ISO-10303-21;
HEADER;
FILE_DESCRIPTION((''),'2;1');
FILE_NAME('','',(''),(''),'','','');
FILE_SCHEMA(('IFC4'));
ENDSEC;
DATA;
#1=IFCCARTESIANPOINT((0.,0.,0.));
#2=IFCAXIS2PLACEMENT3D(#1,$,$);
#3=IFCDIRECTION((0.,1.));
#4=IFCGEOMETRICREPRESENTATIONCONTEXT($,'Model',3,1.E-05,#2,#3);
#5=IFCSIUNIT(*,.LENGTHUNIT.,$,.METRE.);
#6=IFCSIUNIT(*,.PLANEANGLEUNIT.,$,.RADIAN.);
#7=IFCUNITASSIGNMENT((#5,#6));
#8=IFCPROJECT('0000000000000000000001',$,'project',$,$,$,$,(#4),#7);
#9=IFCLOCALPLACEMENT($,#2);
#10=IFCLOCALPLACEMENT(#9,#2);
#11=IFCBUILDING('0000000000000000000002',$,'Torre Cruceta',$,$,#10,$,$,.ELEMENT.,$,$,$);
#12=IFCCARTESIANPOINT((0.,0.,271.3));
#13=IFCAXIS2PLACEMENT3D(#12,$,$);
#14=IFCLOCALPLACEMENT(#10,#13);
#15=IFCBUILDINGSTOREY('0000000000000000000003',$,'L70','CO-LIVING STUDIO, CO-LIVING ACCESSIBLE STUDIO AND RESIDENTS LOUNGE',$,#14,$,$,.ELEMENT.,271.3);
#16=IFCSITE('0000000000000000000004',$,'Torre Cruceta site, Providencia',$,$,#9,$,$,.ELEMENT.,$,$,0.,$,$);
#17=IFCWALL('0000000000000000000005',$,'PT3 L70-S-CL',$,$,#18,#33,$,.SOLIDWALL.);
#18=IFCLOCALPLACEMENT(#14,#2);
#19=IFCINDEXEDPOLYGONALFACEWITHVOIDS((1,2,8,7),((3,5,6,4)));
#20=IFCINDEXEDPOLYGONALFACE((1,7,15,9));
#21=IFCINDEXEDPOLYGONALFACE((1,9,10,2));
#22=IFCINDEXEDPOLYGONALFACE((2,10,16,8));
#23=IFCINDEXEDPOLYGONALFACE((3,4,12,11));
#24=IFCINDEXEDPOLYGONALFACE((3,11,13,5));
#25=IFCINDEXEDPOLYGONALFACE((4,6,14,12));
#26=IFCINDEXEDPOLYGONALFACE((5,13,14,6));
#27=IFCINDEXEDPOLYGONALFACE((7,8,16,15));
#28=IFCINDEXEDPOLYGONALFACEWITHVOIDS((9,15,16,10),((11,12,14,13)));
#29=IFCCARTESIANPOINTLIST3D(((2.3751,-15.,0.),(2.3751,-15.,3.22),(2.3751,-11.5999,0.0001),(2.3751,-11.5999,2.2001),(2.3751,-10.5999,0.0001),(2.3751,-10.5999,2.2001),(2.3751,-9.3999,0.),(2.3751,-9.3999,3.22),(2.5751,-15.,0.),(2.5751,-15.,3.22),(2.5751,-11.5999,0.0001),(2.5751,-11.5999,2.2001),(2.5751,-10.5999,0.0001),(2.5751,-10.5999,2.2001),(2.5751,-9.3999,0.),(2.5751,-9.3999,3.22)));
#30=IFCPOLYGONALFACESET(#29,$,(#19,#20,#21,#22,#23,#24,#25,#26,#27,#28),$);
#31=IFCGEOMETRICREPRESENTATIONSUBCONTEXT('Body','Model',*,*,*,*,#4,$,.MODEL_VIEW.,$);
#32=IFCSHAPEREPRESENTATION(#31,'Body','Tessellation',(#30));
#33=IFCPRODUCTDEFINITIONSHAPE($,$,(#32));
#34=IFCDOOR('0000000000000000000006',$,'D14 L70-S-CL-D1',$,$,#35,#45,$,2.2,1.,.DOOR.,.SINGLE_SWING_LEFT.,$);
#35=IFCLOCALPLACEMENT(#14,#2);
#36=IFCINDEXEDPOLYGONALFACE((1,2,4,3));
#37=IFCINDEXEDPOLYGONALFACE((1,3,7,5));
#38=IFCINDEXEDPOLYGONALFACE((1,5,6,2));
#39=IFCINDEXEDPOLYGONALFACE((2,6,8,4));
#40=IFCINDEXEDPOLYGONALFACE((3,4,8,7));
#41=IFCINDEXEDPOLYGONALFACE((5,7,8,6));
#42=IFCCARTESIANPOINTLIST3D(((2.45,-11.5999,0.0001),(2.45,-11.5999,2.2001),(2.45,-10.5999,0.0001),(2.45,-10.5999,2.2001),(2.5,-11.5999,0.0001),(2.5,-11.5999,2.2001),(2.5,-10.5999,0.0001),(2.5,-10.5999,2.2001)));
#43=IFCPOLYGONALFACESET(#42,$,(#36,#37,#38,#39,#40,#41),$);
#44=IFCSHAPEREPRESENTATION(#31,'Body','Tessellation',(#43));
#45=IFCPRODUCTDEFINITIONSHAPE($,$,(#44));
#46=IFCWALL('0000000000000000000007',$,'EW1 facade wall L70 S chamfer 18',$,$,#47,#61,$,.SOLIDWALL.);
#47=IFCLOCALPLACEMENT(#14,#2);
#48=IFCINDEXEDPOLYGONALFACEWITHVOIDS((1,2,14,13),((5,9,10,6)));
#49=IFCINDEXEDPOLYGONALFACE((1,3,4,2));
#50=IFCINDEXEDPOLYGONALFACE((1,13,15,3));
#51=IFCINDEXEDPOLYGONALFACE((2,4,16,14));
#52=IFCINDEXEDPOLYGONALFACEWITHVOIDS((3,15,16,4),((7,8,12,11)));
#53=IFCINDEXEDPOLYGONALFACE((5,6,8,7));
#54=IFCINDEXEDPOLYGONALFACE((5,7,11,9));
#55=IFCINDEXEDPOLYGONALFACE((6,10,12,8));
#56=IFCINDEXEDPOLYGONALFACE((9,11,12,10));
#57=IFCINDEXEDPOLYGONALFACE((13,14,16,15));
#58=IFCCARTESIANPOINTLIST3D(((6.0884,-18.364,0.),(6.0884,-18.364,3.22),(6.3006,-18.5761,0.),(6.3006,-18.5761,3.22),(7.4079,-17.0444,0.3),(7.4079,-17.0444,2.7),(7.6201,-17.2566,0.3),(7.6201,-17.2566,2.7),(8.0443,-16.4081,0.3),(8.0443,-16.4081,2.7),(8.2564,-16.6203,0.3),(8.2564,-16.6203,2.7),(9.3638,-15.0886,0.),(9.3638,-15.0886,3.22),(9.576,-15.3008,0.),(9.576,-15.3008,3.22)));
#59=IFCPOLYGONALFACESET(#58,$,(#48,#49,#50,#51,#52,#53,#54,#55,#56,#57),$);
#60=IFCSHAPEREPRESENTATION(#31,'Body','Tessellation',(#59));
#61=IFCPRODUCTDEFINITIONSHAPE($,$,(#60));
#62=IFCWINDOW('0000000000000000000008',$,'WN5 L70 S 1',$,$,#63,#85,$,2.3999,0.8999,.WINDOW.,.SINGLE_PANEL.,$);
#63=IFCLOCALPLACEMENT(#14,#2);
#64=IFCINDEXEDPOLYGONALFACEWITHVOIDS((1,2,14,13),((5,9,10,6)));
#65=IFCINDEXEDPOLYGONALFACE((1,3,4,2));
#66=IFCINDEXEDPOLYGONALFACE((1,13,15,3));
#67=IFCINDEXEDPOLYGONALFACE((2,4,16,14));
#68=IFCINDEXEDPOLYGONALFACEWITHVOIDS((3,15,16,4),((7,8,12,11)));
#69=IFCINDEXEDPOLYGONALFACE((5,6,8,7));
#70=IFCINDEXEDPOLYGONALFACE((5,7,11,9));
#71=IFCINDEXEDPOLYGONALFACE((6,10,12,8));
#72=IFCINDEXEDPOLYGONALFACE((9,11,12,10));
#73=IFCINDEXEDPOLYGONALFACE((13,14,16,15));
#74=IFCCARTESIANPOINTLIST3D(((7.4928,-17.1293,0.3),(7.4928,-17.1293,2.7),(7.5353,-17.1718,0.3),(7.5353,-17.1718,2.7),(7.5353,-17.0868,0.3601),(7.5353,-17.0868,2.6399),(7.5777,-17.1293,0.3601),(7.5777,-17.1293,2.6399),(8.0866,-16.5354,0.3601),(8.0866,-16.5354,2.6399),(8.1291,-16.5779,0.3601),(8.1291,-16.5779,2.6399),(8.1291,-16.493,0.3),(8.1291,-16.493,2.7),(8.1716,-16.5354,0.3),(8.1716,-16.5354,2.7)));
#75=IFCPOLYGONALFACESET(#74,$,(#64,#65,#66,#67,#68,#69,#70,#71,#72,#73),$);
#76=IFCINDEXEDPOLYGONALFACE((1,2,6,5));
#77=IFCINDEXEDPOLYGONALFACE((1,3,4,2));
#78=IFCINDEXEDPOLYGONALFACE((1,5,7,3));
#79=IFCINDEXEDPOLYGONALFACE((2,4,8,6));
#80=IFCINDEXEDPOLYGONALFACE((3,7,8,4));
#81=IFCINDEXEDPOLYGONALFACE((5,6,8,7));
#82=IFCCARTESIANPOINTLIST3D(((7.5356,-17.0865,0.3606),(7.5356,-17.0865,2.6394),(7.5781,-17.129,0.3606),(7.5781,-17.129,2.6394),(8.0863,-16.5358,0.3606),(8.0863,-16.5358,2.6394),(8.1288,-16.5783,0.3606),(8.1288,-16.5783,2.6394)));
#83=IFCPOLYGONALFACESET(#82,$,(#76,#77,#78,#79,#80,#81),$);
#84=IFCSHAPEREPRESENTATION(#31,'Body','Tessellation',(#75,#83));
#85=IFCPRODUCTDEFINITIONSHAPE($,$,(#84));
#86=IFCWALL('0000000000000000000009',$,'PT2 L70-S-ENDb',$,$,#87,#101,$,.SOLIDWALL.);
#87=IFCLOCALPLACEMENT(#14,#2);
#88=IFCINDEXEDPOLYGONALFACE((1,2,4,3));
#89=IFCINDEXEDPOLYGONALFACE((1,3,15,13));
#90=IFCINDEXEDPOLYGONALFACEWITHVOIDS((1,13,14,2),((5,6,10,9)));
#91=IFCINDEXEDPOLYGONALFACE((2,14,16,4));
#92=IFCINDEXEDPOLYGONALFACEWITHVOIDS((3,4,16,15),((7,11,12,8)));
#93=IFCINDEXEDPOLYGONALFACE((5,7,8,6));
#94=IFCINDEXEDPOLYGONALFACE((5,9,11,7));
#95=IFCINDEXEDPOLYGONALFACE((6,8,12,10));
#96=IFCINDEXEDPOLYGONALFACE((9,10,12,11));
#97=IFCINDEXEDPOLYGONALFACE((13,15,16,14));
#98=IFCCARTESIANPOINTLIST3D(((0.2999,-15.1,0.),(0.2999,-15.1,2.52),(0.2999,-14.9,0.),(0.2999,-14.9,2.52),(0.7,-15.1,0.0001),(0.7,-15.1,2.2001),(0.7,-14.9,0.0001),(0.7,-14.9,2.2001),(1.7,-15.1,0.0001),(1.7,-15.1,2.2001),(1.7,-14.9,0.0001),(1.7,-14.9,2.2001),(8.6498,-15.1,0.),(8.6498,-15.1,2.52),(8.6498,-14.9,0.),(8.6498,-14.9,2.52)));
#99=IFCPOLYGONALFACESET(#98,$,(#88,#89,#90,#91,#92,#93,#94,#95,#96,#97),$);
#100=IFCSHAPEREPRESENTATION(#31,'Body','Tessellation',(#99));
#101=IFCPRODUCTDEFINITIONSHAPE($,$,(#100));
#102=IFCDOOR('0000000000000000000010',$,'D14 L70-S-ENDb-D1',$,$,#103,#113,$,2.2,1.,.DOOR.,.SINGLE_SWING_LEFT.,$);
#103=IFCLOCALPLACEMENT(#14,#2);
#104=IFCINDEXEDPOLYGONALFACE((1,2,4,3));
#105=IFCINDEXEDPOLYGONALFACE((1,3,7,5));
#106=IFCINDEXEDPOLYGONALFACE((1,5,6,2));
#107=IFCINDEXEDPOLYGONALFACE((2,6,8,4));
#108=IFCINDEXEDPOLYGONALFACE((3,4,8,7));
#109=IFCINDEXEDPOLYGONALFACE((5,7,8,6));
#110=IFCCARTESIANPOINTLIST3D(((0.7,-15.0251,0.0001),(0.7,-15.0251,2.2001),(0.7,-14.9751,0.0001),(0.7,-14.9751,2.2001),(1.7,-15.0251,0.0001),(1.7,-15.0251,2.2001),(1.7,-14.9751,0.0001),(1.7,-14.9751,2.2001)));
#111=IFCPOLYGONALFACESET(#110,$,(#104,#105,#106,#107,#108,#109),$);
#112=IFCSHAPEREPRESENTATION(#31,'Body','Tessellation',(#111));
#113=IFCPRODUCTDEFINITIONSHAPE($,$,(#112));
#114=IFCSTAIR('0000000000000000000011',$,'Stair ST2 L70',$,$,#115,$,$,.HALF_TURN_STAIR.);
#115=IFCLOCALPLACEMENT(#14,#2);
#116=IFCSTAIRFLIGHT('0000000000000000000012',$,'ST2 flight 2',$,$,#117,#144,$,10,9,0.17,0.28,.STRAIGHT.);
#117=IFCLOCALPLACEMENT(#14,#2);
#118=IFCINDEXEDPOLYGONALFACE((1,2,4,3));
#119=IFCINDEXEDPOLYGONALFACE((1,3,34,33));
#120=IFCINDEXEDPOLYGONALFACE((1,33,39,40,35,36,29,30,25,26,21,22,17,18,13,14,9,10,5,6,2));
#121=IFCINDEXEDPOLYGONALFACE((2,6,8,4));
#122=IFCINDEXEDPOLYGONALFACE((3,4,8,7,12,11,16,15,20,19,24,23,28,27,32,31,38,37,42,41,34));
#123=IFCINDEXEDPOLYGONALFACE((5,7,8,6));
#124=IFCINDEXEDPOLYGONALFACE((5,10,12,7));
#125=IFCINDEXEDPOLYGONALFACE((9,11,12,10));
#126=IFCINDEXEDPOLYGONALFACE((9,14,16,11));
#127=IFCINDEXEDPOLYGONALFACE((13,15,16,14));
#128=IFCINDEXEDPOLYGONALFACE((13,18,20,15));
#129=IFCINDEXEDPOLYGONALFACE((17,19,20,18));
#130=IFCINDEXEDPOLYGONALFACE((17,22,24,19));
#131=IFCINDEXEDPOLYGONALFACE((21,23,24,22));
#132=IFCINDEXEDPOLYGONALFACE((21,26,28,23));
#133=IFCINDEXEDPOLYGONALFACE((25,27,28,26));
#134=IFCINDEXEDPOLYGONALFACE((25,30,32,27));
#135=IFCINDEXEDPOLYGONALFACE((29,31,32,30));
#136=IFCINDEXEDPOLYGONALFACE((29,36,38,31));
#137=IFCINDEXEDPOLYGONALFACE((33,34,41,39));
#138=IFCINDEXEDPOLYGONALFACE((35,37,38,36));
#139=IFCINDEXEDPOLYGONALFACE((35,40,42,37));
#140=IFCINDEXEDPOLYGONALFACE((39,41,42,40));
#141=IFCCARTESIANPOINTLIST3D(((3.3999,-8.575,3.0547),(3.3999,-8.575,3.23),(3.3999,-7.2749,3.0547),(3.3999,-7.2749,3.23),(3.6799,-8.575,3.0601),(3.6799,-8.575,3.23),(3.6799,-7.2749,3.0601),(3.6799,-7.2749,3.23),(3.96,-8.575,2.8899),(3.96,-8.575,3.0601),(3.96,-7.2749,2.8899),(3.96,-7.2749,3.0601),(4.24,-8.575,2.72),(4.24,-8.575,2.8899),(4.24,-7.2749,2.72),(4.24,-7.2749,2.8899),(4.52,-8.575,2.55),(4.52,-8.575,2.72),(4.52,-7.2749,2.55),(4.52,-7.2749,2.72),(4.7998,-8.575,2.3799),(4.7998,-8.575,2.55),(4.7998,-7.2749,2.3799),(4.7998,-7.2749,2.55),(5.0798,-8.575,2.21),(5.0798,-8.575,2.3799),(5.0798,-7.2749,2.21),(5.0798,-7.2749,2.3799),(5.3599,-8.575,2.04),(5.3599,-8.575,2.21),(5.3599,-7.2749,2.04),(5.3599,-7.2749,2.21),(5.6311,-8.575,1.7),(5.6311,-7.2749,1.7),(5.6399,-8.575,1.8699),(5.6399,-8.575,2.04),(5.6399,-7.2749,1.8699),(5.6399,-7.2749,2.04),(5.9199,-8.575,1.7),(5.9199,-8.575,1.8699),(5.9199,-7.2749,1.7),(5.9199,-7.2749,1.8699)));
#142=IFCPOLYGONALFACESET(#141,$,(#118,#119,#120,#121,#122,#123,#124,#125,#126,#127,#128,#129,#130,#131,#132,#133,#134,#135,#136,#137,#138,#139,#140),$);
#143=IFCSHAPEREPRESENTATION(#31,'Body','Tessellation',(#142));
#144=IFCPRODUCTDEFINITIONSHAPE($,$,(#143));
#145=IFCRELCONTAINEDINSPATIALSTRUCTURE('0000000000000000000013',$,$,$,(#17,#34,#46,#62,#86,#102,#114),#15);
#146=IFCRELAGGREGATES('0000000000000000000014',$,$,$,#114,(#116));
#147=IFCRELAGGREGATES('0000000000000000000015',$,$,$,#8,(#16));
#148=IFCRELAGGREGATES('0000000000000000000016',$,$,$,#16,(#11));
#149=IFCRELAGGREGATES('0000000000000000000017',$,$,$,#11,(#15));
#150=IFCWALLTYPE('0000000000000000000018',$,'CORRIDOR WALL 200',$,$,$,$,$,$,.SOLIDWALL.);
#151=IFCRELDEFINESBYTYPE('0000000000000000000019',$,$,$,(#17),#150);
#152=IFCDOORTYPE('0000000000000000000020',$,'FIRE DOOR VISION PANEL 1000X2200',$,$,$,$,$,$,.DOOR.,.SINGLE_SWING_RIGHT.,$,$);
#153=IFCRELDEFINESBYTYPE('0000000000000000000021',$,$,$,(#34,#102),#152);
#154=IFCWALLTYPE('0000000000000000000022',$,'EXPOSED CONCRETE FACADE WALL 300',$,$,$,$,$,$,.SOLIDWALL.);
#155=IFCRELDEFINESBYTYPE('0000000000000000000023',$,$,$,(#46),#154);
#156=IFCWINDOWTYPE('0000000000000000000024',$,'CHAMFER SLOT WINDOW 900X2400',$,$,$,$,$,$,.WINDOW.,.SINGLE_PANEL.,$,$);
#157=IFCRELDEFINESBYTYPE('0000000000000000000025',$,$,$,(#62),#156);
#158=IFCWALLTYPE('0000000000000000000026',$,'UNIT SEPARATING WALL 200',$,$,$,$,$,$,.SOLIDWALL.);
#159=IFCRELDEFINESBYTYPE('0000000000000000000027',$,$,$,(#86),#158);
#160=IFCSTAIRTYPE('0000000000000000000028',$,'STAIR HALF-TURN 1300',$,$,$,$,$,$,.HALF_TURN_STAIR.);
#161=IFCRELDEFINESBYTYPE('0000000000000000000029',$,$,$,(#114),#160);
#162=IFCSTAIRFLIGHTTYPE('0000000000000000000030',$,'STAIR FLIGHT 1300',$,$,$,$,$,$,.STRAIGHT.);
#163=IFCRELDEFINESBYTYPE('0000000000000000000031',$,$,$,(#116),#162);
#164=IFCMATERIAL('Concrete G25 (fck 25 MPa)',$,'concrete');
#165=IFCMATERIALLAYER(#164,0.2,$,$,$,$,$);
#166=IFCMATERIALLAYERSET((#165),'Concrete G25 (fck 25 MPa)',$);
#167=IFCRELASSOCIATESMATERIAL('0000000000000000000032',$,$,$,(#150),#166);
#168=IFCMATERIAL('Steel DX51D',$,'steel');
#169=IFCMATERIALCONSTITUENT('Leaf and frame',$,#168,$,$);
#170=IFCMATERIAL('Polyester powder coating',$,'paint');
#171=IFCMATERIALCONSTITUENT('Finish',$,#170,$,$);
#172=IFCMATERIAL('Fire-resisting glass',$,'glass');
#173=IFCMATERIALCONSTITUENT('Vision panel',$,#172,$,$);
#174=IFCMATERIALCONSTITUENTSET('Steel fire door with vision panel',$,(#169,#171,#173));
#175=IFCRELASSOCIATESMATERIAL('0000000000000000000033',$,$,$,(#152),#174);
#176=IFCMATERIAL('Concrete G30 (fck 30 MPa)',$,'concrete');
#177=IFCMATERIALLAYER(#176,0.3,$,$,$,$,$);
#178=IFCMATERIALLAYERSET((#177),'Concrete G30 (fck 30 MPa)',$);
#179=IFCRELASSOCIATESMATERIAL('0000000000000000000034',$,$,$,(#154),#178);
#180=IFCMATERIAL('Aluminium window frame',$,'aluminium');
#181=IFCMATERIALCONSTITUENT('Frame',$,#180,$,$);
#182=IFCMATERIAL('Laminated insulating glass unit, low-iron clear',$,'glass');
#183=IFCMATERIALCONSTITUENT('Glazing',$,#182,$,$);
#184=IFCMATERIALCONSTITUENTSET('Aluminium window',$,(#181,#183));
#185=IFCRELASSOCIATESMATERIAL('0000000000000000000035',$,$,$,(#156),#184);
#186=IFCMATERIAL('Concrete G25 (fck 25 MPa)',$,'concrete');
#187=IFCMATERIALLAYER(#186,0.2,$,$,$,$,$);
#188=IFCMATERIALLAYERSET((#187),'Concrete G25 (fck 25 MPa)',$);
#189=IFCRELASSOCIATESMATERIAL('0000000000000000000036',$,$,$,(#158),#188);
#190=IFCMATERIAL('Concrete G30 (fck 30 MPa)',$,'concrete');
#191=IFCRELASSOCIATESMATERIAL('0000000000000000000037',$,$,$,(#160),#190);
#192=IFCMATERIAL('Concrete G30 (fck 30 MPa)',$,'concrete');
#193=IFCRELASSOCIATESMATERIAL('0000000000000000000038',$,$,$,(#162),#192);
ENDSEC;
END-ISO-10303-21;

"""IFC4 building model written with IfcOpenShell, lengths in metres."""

from ifc_helpers import new_model, si_unit, direction, frame, frame_2d, origin, place, context, subcontext, project, spatial, polyline, rectangle, hollow_rectangle, outline, extrude, material, layer, layer_set, constituent, constituent_set, type_object, element, fill, aggregate, save


model = new_model("IFC4")

# Units and contexts
model_context = context("Model", 3, precision=1e-05, world=origin(), true_north=direction((0.0, 1.0)))
body_context = subcontext(model_context, "Body", "Model", "MODEL_VIEW")
ifc_project = project(units=[si_unit("LENGTHUNIT", "METRE"), si_unit("PLANEANGLEUNIT", "RADIAN")], contexts=[model_context])

# Site, building, storey
site_placement = place(None, origin())
site = spatial("IfcSite", under=ifc_project, at=site_placement, Name="Torre Cruceta site, Providencia", CompositionType="ELEMENT", RefElevation=0.0)
building_placement = place(site_placement, origin())
building = spatial("IfcBuilding", under=site, at=building_placement, Name="Torre Cruceta", CompositionType="ELEMENT")
storey_placement = place(building_placement, frame((0.0, 0.0, 271.3)))
storey = spatial("IfcBuildingStorey", under=building, at=storey_placement, Name="L70", Description="CO-LIVING STUDIO, CO-LIVING ACCESSIBLE STUDIO AND RESIDENTS LOUNGE", CompositionType="ELEMENT", Elevation=271.3)

# Wall, opening, door
ifc_material_1 = material(Name="Concrete G25 (fck 25 MPa)", Category="concrete")
ifc_layer_1 = layer(ifc_material_1, 0.2)
ifc_layer_set_1 = layer_set([ifc_layer_1], Name="Concrete G25 (fck 25 MPa)")
wall_type_1 = type_object("IfcWallType", Name="CORRIDOR WALL 200", PredefinedType="SOLIDWALL", material=ifc_layer_set_1)
wall_1_placement = place(storey_placement, frame((2.4751, -9.3999, 0.0), z_axis=(0.0, 0.0, 1.0), x_axis=(0.0, -1.0, 0.0)))
wall_1 = element("IfcWall", 1, at=wall_1_placement, inside=storey, type_object=wall_type_1, Name="PT3 L70-S-CL", PredefinedType="SOLIDWALL", context=body_context, shape_type="SweptSolid", body=[
    extrude(rectangle(XDim=5.6001, YDim=0.2, at=frame_2d((2.8, 0.0))), origin(), (0.0, 0.0, 1.0), 3.22),
])
opening_1_placement = place(wall_1_placement, frame((1.2, 0.0, 0.0)))
opening_1 = element("IfcOpeningElement", 2, at=opening_1_placement, cuts=wall_1, PredefinedType="OPENING", context=body_context, shape_type="SweptSolid", body=[
    extrude(rectangle(XDim=1.0, YDim=2.2, at=frame_2d((0.5, 1.1001))), frame((0.0, 0.1099, 0.0), z_axis=(0.0, -1.0, 0.0), x_axis=(1.0, 0.0, 0.0)), (0.0, 0.0, 1.0), 0.22),
])
ifc_material_2 = material(Name="Steel DX51D", Category="steel")
ifc_constituent_1 = constituent(ifc_material_2, Name="Leaf and frame")
ifc_material_3 = material(Name="Polyester powder coating", Category="paint")
ifc_constituent_2 = constituent(ifc_material_3, Name="Finish")
ifc_material_4 = material(Name="Fire-resisting glass", Category="glass")
ifc_constituent_3 = constituent(ifc_material_4, Name="Vision panel")
ifc_constituent_set_1 = constituent_set(constituents=[ifc_constituent_1, ifc_constituent_2, ifc_constituent_3], Name="Steel fire door with vision panel")
door_type = type_object("IfcDoorType", Name="FIRE DOOR VISION PANEL 1000X2200", OperationType="SINGLE_SWING_RIGHT", PredefinedType="DOOR", material=ifc_constituent_set_1)
door_1_placement = place(opening_1_placement, origin())
door_1 = element("IfcDoor", 3, at=door_1_placement, inside=storey, type_object=door_type, Name="D14 L70-S-CL-D1", OperationType="SINGLE_SWING_LEFT", OverallHeight=2.2, OverallWidth=1.0, PredefinedType="DOOR", context=body_context, shape_type="SweptSolid", body=[
    extrude(rectangle(XDim=1.0, YDim=2.2, at=frame_2d((0.5, 1.1001))), frame((0.0, 0.0249, 0.0), z_axis=(0.0, -1.0, 0.0), x_axis=(1.0, 0.0, 0.0)), (0.0, 0.0, 1.0), 0.05),
])
fill(opening_1, door_1)

# Wall, opening, window
ifc_material_5 = material(Name="Concrete G30 (fck 30 MPa)", Category="concrete")
ifc_layer_2 = layer(ifc_material_5, 0.3)
ifc_layer_set_2 = layer_set([ifc_layer_2], Name="Concrete G30 (fck 30 MPa)")
wall_type_2 = type_object("IfcWallType", Name="EXPOSED CONCRETE FACADE WALL 300", PredefinedType="SOLIDWALL", material=ifc_layer_set_2)
wall_2_placement = place(storey_placement, frame((6.1946, -18.47, 0.0), z_axis=(0.0, 0.0, 1.0), x_axis=(0.707107, 0.707107, 0.0)))
wall_2 = element("IfcWall", 4, at=wall_2_placement, inside=storey, type_object=wall_type_2, Name="EW1 facade wall L70 S chamfer 18", PredefinedType="SOLIDWALL", context=body_context, shape_type="SweptSolid", body=[
    extrude(rectangle(XDim=4.6321, YDim=0.3, at=frame_2d((2.3159, 0.0))), origin(), (0.0, 0.0, 1.0), 3.22),
])
opening_2_placement = place(wall_2_placement, frame((1.866, 0.0, 0.3)))
opening_2 = element("IfcOpeningElement", 5, at=opening_2_placement, cuts=wall_2, PredefinedType="OPENING", context=body_context, shape_type="SweptSolid", body=[
    extrude(rectangle(XDim=0.8999, YDim=2.3999, at=frame_2d((0.45, 1.2))), frame((0.0, 0.1599, 0.0), z_axis=(0.0, -1.0, 0.0), x_axis=(1.0, 0.0, 0.0)), (0.0, 0.0, 1.0), 0.3201),
])
ifc_material_6 = material(Name="Aluminium window frame", Category="aluminium")
ifc_constituent_4 = constituent(ifc_material_6, Name="Frame")
ifc_material_7 = material(Name="Laminated insulating glass unit, low-iron clear", Category="glass")
ifc_constituent_5 = constituent(ifc_material_7, Name="Glazing")
ifc_constituent_set_2 = constituent_set(constituents=[ifc_constituent_4, ifc_constituent_5], Name="Aluminium window")
window_type = type_object("IfcWindowType", Name="CHAMFER SLOT WINDOW 900X2400", PartitioningType="SINGLE_PANEL", PredefinedType="WINDOW", material=ifc_constituent_set_2)
window_placement = place(opening_2_placement, origin())
window = element("IfcWindow", 6, at=window_placement, inside=storey, type_object=window_type, Name="WN5 L70 S 1", OverallHeight=2.3999, OverallWidth=0.8999, PartitioningType="SINGLE_PANEL", PredefinedType="WINDOW", context=body_context, shape_type="SweptSolid", body=[
    extrude(hollow_rectangle(XDim=0.8999, YDim=2.3999, WallThickness=0.0601, at=frame_2d((0.45, 1.2))), frame((0.0, 0.03, 0.0), z_axis=(0.0, -1.0, 0.0), x_axis=(1.0, 0.0, 0.0)), (0.0, 0.0, 1.0), 0.0601),
    extrude(rectangle(XDim=0.7788, YDim=2.2788, at=frame_2d((0.45, 1.2))), frame((0.0, 0.03, 0.0), z_axis=(0.0, -1.0, 0.0), x_axis=(1.0, 0.0, 0.0)), (0.0, 0.0, 1.0), 0.0601),
])
fill(opening_2, window)

# Wall, opening, door
ifc_material_8 = material(Name="Concrete G25 (fck 25 MPa)", Category="concrete")
ifc_layer_3 = layer(ifc_material_8, 0.2)
ifc_layer_set_3 = layer_set([ifc_layer_3], Name="Concrete G25 (fck 25 MPa)")
wall_type_3 = type_object("IfcWallType", Name="UNIT SEPARATING WALL 200", PredefinedType="SOLIDWALL", material=ifc_layer_set_3)
wall_3_placement = place(storey_placement, frame((0.3, -15.0, 0.0), z_axis=(0.0, 0.0, 1.0), x_axis=(1.0, 0.0, 0.0)))
wall_3 = element("IfcWall", 7, at=wall_3_placement, inside=storey, type_object=wall_type_3, Name="PT2 L70-S-ENDb", PredefinedType="SOLIDWALL", context=body_context, shape_type="SweptSolid", body=[
    extrude(rectangle(XDim=8.3499, YDim=0.2, at=frame_2d((4.1748, 0.0))), origin(), (0.0, 0.0, 1.0), 2.52),
])
opening_3_placement = place(wall_3_placement, frame((0.3999, 0.0, 0.0)))
opening_3 = element("IfcOpeningElement", 8, at=opening_3_placement, cuts=wall_3, PredefinedType="OPENING", context=body_context, shape_type="SweptSolid", body=[
    extrude(rectangle(XDim=1.0, YDim=2.2, at=frame_2d((0.5, 1.1001))), frame((0.0, 0.1099, 0.0), z_axis=(0.0, -1.0, 0.0), x_axis=(1.0, 0.0, 0.0)), (0.0, 0.0, 1.0), 0.22),
])
door_2_placement = place(opening_3_placement, frame((1.0, 0.0, 0.0), z_axis=(0.0, 0.0, 1.0), x_axis=(-1.0, 0.0, 0.0)))
door_2 = element("IfcDoor", 9, at=door_2_placement, inside=storey, type_object=door_type, Name="D14 L70-S-ENDb-D1", OperationType="SINGLE_SWING_LEFT", OverallHeight=2.2, OverallWidth=1.0, PredefinedType="DOOR", context=body_context, shape_type="SweptSolid", body=[
    extrude(rectangle(XDim=1.0, YDim=2.2, at=frame_2d((0.5, 1.1001))), frame((0.0, 0.0251, 0.0), z_axis=(0.0, -1.0, 0.0), x_axis=(1.0, 0.0, 0.0)), (0.0, 0.0, 1.0), 0.05),
])
fill(opening_3, door_2)

# Stair, stair flight
ifc_material_9 = material(Name="Concrete G30 (fck 30 MPa)", Category="concrete")
stair_type = type_object("IfcStairType", Name="STAIR HALF-TURN 1300", PredefinedType="HALF_TURN_STAIR", material=ifc_material_9)
stair_placement = place(storey_placement, origin())
stair = element("IfcStair", 10, at=stair_placement, inside=storey, type_object=stair_type, Name="Stair ST2 L70", PredefinedType="HALF_TURN_STAIR")
ifc_material_10 = material(Name="Concrete G30 (fck 30 MPa)", Category="concrete")
stair_flight_type = type_object("IfcStairFlightType", Name="STAIR FLIGHT 1300", PredefinedType="STRAIGHT", material=ifc_material_10)
stair_flight_placement = place(storey_placement, frame((5.9199, -7.925, 1.7), z_axis=(0.0, 0.0, 1.0), x_axis=(-1.0, 0.0, 0.0)))
stair_flight = element("IfcStairFlight", 11, at=stair_flight_placement, type_object=stair_flight_type, Name="ST2 flight 2", NumberOfRisers=10, NumberOfTreads=9, PredefinedType="STRAIGHT", RiserHeight=0.17, TreadLength=0.28, context=body_context, shape_type="SweptSolid", body=[
    extrude(outline(polyline([(0.0, 0.0), (0.0, 0.1699), (0.28, 0.1699), (0.28, 0.3401), (0.5601, 0.3401), (0.5601, 0.51), (0.8401, 0.51), (0.8401, 0.6799), (1.1201, 0.6799), (1.1201, 0.8501), (1.3999, 0.8501), (1.3999, 1.02), (1.6799, 1.02), (1.6799, 1.1899), (1.96, 1.1899), (1.96, 1.3601), (2.24, 1.3601), (2.24, 1.53), (2.52, 1.53), (2.52, 1.7), (2.52, 1.3547), (0.2888, 0.0), (0.0, 0.0)])), frame((0.0, 0.6499, 0.0), z_axis=(0.0, -1.0, 0.0), x_axis=(1.0, 0.0, 0.0)), (0.0, 0.0, 1.0), 1.3),
])
aggregate(stair, [stair_flight])

save(model, "model.ifc")
